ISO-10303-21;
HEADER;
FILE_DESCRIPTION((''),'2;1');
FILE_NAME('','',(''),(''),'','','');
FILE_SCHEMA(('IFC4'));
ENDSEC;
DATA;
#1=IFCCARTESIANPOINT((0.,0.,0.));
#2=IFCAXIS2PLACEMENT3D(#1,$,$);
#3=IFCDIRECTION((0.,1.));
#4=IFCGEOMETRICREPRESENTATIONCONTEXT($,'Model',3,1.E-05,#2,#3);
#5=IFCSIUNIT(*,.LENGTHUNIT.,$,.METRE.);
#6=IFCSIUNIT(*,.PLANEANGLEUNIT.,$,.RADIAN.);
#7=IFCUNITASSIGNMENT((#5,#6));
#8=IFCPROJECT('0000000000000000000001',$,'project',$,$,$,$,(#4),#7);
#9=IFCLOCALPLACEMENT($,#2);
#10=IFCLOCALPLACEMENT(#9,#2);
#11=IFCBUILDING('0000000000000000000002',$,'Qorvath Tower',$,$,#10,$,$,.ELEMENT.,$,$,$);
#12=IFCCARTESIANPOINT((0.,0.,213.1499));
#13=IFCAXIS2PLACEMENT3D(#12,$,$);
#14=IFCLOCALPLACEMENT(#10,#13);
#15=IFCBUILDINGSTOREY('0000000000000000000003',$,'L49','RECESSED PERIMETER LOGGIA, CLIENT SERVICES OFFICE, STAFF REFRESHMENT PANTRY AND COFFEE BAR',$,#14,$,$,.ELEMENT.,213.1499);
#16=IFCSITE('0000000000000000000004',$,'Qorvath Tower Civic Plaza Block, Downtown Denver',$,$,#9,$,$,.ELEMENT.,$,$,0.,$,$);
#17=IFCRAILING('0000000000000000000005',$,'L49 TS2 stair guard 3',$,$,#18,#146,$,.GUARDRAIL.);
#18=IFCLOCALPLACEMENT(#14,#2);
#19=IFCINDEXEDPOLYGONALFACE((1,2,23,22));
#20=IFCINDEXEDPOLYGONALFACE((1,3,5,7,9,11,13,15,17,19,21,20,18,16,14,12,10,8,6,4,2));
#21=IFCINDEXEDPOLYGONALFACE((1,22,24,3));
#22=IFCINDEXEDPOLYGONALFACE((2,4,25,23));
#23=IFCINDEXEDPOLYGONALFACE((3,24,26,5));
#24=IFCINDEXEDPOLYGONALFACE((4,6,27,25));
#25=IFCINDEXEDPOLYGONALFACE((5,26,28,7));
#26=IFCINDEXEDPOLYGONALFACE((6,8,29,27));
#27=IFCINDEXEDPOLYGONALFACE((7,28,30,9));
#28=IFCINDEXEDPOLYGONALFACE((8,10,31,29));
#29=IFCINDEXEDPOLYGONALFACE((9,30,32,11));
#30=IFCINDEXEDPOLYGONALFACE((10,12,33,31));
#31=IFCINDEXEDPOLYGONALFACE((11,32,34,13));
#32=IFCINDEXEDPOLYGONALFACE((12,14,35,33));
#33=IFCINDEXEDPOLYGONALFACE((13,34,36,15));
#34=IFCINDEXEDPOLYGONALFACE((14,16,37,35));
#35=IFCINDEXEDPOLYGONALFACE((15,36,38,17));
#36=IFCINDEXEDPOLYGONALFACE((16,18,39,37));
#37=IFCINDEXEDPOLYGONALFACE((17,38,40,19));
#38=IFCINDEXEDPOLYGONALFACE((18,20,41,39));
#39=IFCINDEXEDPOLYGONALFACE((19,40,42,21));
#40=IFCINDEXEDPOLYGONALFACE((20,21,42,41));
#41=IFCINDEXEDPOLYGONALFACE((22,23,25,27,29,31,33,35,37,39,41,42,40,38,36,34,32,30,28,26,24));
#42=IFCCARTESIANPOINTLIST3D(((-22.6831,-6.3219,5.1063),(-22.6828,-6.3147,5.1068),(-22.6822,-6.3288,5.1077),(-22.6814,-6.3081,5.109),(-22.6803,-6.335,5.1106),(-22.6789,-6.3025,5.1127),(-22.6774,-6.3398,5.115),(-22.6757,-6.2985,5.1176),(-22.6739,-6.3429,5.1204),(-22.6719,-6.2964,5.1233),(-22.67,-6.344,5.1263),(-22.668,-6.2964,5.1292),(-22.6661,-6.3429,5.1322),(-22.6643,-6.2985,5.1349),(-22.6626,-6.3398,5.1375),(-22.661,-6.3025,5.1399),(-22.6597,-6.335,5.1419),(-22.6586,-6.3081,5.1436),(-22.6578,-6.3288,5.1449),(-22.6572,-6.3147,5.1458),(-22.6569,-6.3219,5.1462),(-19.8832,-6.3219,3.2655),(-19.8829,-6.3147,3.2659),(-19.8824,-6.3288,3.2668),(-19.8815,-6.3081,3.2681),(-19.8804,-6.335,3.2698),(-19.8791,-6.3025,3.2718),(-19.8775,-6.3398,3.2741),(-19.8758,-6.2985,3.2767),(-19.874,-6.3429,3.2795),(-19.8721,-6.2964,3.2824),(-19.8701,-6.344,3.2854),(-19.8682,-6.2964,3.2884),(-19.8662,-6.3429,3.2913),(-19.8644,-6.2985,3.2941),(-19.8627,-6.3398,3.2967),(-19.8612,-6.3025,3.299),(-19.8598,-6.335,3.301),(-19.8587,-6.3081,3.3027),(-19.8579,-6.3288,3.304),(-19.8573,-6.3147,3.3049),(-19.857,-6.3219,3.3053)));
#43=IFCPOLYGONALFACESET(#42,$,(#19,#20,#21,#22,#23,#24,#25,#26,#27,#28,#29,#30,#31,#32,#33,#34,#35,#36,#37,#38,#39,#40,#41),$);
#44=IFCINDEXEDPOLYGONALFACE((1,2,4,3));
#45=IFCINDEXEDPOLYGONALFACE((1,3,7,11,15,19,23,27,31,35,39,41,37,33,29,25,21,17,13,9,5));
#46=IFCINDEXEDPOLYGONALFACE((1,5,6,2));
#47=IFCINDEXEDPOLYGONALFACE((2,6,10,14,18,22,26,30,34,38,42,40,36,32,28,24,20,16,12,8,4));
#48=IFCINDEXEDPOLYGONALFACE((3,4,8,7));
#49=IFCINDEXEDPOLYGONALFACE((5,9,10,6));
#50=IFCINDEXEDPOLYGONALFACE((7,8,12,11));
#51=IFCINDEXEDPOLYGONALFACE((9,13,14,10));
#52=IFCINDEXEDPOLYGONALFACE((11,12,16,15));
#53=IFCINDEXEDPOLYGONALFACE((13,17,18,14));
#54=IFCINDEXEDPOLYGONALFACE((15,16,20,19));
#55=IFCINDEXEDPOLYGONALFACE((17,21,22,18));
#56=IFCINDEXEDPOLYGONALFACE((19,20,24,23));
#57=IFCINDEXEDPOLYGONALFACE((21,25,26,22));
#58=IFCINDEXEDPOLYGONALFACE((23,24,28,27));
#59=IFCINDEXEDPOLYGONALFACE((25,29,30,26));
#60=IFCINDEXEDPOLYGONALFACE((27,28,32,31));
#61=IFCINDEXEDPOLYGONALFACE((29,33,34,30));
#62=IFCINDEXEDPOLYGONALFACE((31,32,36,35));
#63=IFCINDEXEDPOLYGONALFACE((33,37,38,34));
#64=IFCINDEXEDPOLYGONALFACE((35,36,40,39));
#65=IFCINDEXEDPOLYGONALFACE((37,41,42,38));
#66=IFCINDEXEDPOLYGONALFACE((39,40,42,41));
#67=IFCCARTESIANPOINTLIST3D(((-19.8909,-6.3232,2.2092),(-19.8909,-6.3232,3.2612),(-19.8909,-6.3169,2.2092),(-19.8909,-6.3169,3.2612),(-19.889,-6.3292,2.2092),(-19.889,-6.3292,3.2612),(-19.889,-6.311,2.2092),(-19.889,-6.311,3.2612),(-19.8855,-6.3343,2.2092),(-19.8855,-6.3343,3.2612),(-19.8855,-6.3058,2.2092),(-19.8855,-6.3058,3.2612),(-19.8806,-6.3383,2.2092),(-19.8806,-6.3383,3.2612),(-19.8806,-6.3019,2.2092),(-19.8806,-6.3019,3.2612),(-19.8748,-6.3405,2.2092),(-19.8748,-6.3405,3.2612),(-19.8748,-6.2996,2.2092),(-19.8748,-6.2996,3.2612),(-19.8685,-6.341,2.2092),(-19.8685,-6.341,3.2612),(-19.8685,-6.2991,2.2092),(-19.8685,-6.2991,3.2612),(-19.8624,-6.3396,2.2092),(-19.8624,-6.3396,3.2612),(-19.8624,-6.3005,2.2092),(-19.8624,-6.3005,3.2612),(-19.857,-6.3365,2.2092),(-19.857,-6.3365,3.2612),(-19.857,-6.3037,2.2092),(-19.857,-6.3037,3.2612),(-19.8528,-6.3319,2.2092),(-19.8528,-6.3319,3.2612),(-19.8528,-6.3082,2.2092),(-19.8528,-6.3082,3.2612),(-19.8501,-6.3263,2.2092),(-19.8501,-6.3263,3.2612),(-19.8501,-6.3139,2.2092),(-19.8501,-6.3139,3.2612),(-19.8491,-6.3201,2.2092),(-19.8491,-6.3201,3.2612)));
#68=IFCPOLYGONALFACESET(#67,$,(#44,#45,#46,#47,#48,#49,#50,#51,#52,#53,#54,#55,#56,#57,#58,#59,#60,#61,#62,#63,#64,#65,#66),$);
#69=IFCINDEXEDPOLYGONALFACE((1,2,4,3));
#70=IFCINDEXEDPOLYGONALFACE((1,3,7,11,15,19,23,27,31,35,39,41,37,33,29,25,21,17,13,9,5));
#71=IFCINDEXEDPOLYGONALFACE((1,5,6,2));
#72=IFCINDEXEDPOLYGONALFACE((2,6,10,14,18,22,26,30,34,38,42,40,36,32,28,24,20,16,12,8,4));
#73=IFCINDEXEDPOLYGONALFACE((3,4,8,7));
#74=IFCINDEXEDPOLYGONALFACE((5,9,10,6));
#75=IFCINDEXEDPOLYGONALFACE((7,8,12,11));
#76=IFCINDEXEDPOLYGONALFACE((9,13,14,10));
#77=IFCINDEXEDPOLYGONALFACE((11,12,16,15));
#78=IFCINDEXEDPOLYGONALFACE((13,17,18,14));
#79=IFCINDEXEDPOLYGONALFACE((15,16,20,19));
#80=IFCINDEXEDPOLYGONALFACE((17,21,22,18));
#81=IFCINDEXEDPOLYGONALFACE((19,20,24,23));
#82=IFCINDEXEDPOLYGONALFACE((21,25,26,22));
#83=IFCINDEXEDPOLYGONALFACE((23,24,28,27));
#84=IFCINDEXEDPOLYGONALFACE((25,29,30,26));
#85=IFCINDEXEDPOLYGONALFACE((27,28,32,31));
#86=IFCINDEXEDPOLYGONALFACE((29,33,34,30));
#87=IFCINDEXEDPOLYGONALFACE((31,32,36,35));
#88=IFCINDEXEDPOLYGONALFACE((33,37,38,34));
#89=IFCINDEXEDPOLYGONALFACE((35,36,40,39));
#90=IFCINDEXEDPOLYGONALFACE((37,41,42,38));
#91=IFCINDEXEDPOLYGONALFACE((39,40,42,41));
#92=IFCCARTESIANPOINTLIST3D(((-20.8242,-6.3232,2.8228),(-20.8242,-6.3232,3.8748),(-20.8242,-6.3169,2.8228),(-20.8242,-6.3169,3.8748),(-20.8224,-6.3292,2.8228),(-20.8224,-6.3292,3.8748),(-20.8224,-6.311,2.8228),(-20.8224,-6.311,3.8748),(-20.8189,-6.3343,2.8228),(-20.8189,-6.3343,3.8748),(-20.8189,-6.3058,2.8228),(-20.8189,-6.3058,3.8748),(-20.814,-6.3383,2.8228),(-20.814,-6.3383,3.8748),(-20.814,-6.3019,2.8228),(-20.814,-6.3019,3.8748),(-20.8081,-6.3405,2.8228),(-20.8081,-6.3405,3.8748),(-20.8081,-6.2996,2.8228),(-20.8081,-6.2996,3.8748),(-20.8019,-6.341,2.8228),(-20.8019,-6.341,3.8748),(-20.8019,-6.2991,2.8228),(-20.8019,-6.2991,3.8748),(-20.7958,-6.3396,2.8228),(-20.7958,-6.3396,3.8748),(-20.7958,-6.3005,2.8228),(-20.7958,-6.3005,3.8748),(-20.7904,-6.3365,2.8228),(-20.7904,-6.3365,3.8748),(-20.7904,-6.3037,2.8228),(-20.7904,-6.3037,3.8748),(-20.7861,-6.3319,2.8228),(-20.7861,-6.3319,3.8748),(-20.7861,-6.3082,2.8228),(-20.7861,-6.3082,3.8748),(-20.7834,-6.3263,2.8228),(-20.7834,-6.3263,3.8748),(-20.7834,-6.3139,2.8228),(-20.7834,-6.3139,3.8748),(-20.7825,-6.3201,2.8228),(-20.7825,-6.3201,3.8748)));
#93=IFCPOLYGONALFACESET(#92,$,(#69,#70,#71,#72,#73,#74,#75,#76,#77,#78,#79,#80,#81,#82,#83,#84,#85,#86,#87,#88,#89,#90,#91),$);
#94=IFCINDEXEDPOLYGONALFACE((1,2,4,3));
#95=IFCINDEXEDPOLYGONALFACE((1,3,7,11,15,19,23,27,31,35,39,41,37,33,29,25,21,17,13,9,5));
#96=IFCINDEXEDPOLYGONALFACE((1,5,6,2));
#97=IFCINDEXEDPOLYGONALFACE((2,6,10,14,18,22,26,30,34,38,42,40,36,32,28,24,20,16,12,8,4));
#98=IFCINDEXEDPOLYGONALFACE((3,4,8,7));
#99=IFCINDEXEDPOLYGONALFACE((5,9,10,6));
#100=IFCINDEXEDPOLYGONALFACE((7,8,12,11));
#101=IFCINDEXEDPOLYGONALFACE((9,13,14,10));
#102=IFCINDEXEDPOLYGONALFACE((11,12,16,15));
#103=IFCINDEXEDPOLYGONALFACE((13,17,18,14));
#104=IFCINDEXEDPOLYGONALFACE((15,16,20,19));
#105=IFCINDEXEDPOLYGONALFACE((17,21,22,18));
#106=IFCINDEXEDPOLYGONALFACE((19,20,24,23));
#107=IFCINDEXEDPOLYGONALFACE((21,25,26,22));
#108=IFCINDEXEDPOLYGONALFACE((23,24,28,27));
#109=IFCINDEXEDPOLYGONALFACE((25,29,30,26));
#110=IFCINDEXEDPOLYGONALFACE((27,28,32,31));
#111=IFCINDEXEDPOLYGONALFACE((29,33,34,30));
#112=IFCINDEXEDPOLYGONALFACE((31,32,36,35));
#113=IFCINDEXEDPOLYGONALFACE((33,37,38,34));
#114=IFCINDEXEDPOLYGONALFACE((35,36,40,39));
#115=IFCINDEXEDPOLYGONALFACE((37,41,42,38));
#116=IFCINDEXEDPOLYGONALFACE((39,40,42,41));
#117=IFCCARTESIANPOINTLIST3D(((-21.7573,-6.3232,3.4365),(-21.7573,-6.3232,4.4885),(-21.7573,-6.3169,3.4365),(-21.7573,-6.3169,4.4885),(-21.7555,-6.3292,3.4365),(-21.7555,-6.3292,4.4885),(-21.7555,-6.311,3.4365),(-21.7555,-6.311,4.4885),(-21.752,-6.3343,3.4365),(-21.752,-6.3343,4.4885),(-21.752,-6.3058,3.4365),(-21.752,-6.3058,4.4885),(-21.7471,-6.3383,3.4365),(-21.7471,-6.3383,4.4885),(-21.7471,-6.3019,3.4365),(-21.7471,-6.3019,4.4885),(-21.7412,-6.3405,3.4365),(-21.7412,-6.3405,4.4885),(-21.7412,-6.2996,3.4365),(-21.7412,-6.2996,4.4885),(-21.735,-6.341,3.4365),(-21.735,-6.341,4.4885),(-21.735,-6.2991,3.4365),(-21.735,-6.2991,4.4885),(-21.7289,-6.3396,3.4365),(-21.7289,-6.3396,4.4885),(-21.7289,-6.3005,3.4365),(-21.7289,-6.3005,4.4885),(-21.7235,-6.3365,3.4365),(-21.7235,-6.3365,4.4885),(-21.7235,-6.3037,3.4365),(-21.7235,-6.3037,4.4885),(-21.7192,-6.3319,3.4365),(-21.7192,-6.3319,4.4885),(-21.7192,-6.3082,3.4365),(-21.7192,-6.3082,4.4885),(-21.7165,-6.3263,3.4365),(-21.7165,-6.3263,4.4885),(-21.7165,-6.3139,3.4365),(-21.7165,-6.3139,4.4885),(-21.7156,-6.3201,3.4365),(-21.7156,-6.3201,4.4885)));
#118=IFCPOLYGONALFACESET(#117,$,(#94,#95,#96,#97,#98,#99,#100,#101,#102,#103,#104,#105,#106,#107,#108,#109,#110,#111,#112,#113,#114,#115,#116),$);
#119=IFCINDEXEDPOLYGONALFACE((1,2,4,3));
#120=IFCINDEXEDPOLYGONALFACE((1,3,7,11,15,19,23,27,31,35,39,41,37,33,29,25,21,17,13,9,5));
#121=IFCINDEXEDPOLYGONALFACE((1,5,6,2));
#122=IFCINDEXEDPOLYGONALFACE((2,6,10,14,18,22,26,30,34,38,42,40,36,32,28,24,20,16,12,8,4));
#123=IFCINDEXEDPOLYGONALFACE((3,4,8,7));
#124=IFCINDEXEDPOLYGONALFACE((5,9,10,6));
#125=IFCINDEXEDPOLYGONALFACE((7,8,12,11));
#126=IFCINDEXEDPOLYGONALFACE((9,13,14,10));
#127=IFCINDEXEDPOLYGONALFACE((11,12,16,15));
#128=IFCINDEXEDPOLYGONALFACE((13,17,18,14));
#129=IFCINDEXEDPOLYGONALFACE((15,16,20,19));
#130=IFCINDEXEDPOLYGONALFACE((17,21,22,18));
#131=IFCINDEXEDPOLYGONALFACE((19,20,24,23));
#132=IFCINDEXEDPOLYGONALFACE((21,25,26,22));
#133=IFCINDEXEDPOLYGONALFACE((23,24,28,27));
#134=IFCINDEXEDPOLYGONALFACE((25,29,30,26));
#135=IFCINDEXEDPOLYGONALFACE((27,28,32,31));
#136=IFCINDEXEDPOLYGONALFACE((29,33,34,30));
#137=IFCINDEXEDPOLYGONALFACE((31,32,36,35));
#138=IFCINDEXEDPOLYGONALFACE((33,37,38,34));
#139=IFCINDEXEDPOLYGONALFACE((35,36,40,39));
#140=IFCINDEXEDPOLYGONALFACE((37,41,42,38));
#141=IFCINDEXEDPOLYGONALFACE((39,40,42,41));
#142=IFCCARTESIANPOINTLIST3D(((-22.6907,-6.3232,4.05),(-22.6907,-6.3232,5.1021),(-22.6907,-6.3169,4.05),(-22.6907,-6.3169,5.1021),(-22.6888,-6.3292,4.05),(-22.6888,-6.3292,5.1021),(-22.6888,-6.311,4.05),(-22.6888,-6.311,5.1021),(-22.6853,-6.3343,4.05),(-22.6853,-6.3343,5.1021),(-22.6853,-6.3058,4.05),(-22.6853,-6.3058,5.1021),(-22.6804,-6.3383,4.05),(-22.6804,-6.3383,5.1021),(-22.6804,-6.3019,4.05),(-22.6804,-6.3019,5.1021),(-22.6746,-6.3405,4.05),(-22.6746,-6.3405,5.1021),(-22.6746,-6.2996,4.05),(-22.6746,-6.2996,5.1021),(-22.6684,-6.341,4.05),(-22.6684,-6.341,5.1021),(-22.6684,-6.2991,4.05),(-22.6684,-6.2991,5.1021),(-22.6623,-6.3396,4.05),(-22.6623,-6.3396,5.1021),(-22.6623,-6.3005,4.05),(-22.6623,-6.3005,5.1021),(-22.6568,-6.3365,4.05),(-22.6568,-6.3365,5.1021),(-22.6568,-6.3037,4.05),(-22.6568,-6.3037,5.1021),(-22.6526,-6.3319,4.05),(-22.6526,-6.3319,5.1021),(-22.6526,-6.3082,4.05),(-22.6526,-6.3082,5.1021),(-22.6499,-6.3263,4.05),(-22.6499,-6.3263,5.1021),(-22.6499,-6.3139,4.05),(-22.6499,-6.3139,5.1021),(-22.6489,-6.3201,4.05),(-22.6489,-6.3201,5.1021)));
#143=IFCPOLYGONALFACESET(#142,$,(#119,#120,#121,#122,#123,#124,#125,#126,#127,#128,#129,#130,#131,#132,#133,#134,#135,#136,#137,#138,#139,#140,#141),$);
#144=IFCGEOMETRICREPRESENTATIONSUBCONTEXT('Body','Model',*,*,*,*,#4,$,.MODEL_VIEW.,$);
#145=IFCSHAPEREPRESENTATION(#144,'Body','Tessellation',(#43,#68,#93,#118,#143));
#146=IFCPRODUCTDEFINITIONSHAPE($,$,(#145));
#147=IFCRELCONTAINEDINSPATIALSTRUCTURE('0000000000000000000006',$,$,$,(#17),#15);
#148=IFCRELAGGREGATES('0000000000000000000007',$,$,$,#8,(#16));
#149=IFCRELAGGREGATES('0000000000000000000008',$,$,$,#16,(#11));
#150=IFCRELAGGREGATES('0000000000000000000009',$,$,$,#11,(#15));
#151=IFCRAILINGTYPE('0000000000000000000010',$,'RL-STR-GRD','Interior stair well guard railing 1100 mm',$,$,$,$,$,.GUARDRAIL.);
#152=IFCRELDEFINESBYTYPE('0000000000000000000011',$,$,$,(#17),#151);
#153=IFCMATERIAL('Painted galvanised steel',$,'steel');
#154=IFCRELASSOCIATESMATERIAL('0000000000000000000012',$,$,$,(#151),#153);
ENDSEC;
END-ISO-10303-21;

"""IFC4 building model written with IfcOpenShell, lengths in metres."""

from ifc_helpers import new_model, si_unit, direction, frame, origin, origin_2d, place, context, subcontext, project, spatial, circle, extrude, material, type_object, element, save


model = new_model("IFC4")

# Units and contexts
model_context = context("Model", 3, precision=1e-05, world=origin(), true_north=direction((0.0, 1.0)))
body_context = subcontext(model_context, "Body", "Model", "MODEL_VIEW")
ifc_project = project(units=[si_unit("LENGTHUNIT", "METRE"), si_unit("PLANEANGLEUNIT", "RADIAN")], contexts=[model_context])

# Site, building, storey
site_placement = place(None, origin())
site = spatial("IfcSite", under=ifc_project, at=site_placement, Name="Qorvath Tower Civic Plaza Block, Downtown Denver", CompositionType="ELEMENT", RefElevation=0.0)
building_placement = place(site_placement, origin())
building = spatial("IfcBuilding", under=site, at=building_placement, Name="Qorvath Tower", CompositionType="ELEMENT")
storey_placement = place(building_placement, frame((0.0, 0.0, 213.1499)))
storey = spatial("IfcBuildingStorey", under=building, at=storey_placement, Name="L49", Description="RECESSED PERIMETER LOGGIA, CLIENT SERVICES OFFICE, STAFF REFRESHMENT PANTRY AND COFFEE BAR", CompositionType="ELEMENT", Elevation=213.1499)

# Railing
ifc_material_1 = material(Name="Painted galvanised steel", Category="steel")
railing_type_1 = type_object("IfcRailingType", Name="RL-STR-GRD", Description="Interior stair well guard railing 1100 mm", PredefinedType="GUARDRAIL", material=ifc_material_1)
railing_1_placement = place(storey_placement, frame((-19.8701, -6.3201, 2.2092)))
element("IfcRailing", 1, at=railing_1_placement, inside=storey, type_object=railing_type_1, Name="L49 TS2 stair guard 3", PredefinedType="GUARDRAIL", context=body_context, shape_type="SweptSolid", body=[
    extrude(circle(Radius=0.0239, at=origin_2d()), frame((0.0, 0.0, 1.0762), z_axis=(-0.835576, 0.0, 0.549376), x_axis=(0.0, -1.0, 0.0)), (0.0, 0.0, 1.0), 3.3508),
    extrude(circle(Radius=0.021, at=origin_2d()), origin(), (0.0, 0.0, 1.0), 1.052),
    extrude(circle(Radius=0.021, at=origin_2d()), frame((-0.9333, 0.0, 0.6135)), (0.0, 0.0, 1.0), 1.052),
    extrude(circle(Radius=0.021, at=origin_2d()), frame((-1.8665, 0.0, 1.2273)), (0.0, 0.0, 1.0), 1.052),
    extrude(circle(Radius=0.021, at=origin_2d()), frame((-2.7998, 0.0, 1.8408)), (0.0, 0.0, 1.0), 1.052),
])

save(model, "model.ifc")
